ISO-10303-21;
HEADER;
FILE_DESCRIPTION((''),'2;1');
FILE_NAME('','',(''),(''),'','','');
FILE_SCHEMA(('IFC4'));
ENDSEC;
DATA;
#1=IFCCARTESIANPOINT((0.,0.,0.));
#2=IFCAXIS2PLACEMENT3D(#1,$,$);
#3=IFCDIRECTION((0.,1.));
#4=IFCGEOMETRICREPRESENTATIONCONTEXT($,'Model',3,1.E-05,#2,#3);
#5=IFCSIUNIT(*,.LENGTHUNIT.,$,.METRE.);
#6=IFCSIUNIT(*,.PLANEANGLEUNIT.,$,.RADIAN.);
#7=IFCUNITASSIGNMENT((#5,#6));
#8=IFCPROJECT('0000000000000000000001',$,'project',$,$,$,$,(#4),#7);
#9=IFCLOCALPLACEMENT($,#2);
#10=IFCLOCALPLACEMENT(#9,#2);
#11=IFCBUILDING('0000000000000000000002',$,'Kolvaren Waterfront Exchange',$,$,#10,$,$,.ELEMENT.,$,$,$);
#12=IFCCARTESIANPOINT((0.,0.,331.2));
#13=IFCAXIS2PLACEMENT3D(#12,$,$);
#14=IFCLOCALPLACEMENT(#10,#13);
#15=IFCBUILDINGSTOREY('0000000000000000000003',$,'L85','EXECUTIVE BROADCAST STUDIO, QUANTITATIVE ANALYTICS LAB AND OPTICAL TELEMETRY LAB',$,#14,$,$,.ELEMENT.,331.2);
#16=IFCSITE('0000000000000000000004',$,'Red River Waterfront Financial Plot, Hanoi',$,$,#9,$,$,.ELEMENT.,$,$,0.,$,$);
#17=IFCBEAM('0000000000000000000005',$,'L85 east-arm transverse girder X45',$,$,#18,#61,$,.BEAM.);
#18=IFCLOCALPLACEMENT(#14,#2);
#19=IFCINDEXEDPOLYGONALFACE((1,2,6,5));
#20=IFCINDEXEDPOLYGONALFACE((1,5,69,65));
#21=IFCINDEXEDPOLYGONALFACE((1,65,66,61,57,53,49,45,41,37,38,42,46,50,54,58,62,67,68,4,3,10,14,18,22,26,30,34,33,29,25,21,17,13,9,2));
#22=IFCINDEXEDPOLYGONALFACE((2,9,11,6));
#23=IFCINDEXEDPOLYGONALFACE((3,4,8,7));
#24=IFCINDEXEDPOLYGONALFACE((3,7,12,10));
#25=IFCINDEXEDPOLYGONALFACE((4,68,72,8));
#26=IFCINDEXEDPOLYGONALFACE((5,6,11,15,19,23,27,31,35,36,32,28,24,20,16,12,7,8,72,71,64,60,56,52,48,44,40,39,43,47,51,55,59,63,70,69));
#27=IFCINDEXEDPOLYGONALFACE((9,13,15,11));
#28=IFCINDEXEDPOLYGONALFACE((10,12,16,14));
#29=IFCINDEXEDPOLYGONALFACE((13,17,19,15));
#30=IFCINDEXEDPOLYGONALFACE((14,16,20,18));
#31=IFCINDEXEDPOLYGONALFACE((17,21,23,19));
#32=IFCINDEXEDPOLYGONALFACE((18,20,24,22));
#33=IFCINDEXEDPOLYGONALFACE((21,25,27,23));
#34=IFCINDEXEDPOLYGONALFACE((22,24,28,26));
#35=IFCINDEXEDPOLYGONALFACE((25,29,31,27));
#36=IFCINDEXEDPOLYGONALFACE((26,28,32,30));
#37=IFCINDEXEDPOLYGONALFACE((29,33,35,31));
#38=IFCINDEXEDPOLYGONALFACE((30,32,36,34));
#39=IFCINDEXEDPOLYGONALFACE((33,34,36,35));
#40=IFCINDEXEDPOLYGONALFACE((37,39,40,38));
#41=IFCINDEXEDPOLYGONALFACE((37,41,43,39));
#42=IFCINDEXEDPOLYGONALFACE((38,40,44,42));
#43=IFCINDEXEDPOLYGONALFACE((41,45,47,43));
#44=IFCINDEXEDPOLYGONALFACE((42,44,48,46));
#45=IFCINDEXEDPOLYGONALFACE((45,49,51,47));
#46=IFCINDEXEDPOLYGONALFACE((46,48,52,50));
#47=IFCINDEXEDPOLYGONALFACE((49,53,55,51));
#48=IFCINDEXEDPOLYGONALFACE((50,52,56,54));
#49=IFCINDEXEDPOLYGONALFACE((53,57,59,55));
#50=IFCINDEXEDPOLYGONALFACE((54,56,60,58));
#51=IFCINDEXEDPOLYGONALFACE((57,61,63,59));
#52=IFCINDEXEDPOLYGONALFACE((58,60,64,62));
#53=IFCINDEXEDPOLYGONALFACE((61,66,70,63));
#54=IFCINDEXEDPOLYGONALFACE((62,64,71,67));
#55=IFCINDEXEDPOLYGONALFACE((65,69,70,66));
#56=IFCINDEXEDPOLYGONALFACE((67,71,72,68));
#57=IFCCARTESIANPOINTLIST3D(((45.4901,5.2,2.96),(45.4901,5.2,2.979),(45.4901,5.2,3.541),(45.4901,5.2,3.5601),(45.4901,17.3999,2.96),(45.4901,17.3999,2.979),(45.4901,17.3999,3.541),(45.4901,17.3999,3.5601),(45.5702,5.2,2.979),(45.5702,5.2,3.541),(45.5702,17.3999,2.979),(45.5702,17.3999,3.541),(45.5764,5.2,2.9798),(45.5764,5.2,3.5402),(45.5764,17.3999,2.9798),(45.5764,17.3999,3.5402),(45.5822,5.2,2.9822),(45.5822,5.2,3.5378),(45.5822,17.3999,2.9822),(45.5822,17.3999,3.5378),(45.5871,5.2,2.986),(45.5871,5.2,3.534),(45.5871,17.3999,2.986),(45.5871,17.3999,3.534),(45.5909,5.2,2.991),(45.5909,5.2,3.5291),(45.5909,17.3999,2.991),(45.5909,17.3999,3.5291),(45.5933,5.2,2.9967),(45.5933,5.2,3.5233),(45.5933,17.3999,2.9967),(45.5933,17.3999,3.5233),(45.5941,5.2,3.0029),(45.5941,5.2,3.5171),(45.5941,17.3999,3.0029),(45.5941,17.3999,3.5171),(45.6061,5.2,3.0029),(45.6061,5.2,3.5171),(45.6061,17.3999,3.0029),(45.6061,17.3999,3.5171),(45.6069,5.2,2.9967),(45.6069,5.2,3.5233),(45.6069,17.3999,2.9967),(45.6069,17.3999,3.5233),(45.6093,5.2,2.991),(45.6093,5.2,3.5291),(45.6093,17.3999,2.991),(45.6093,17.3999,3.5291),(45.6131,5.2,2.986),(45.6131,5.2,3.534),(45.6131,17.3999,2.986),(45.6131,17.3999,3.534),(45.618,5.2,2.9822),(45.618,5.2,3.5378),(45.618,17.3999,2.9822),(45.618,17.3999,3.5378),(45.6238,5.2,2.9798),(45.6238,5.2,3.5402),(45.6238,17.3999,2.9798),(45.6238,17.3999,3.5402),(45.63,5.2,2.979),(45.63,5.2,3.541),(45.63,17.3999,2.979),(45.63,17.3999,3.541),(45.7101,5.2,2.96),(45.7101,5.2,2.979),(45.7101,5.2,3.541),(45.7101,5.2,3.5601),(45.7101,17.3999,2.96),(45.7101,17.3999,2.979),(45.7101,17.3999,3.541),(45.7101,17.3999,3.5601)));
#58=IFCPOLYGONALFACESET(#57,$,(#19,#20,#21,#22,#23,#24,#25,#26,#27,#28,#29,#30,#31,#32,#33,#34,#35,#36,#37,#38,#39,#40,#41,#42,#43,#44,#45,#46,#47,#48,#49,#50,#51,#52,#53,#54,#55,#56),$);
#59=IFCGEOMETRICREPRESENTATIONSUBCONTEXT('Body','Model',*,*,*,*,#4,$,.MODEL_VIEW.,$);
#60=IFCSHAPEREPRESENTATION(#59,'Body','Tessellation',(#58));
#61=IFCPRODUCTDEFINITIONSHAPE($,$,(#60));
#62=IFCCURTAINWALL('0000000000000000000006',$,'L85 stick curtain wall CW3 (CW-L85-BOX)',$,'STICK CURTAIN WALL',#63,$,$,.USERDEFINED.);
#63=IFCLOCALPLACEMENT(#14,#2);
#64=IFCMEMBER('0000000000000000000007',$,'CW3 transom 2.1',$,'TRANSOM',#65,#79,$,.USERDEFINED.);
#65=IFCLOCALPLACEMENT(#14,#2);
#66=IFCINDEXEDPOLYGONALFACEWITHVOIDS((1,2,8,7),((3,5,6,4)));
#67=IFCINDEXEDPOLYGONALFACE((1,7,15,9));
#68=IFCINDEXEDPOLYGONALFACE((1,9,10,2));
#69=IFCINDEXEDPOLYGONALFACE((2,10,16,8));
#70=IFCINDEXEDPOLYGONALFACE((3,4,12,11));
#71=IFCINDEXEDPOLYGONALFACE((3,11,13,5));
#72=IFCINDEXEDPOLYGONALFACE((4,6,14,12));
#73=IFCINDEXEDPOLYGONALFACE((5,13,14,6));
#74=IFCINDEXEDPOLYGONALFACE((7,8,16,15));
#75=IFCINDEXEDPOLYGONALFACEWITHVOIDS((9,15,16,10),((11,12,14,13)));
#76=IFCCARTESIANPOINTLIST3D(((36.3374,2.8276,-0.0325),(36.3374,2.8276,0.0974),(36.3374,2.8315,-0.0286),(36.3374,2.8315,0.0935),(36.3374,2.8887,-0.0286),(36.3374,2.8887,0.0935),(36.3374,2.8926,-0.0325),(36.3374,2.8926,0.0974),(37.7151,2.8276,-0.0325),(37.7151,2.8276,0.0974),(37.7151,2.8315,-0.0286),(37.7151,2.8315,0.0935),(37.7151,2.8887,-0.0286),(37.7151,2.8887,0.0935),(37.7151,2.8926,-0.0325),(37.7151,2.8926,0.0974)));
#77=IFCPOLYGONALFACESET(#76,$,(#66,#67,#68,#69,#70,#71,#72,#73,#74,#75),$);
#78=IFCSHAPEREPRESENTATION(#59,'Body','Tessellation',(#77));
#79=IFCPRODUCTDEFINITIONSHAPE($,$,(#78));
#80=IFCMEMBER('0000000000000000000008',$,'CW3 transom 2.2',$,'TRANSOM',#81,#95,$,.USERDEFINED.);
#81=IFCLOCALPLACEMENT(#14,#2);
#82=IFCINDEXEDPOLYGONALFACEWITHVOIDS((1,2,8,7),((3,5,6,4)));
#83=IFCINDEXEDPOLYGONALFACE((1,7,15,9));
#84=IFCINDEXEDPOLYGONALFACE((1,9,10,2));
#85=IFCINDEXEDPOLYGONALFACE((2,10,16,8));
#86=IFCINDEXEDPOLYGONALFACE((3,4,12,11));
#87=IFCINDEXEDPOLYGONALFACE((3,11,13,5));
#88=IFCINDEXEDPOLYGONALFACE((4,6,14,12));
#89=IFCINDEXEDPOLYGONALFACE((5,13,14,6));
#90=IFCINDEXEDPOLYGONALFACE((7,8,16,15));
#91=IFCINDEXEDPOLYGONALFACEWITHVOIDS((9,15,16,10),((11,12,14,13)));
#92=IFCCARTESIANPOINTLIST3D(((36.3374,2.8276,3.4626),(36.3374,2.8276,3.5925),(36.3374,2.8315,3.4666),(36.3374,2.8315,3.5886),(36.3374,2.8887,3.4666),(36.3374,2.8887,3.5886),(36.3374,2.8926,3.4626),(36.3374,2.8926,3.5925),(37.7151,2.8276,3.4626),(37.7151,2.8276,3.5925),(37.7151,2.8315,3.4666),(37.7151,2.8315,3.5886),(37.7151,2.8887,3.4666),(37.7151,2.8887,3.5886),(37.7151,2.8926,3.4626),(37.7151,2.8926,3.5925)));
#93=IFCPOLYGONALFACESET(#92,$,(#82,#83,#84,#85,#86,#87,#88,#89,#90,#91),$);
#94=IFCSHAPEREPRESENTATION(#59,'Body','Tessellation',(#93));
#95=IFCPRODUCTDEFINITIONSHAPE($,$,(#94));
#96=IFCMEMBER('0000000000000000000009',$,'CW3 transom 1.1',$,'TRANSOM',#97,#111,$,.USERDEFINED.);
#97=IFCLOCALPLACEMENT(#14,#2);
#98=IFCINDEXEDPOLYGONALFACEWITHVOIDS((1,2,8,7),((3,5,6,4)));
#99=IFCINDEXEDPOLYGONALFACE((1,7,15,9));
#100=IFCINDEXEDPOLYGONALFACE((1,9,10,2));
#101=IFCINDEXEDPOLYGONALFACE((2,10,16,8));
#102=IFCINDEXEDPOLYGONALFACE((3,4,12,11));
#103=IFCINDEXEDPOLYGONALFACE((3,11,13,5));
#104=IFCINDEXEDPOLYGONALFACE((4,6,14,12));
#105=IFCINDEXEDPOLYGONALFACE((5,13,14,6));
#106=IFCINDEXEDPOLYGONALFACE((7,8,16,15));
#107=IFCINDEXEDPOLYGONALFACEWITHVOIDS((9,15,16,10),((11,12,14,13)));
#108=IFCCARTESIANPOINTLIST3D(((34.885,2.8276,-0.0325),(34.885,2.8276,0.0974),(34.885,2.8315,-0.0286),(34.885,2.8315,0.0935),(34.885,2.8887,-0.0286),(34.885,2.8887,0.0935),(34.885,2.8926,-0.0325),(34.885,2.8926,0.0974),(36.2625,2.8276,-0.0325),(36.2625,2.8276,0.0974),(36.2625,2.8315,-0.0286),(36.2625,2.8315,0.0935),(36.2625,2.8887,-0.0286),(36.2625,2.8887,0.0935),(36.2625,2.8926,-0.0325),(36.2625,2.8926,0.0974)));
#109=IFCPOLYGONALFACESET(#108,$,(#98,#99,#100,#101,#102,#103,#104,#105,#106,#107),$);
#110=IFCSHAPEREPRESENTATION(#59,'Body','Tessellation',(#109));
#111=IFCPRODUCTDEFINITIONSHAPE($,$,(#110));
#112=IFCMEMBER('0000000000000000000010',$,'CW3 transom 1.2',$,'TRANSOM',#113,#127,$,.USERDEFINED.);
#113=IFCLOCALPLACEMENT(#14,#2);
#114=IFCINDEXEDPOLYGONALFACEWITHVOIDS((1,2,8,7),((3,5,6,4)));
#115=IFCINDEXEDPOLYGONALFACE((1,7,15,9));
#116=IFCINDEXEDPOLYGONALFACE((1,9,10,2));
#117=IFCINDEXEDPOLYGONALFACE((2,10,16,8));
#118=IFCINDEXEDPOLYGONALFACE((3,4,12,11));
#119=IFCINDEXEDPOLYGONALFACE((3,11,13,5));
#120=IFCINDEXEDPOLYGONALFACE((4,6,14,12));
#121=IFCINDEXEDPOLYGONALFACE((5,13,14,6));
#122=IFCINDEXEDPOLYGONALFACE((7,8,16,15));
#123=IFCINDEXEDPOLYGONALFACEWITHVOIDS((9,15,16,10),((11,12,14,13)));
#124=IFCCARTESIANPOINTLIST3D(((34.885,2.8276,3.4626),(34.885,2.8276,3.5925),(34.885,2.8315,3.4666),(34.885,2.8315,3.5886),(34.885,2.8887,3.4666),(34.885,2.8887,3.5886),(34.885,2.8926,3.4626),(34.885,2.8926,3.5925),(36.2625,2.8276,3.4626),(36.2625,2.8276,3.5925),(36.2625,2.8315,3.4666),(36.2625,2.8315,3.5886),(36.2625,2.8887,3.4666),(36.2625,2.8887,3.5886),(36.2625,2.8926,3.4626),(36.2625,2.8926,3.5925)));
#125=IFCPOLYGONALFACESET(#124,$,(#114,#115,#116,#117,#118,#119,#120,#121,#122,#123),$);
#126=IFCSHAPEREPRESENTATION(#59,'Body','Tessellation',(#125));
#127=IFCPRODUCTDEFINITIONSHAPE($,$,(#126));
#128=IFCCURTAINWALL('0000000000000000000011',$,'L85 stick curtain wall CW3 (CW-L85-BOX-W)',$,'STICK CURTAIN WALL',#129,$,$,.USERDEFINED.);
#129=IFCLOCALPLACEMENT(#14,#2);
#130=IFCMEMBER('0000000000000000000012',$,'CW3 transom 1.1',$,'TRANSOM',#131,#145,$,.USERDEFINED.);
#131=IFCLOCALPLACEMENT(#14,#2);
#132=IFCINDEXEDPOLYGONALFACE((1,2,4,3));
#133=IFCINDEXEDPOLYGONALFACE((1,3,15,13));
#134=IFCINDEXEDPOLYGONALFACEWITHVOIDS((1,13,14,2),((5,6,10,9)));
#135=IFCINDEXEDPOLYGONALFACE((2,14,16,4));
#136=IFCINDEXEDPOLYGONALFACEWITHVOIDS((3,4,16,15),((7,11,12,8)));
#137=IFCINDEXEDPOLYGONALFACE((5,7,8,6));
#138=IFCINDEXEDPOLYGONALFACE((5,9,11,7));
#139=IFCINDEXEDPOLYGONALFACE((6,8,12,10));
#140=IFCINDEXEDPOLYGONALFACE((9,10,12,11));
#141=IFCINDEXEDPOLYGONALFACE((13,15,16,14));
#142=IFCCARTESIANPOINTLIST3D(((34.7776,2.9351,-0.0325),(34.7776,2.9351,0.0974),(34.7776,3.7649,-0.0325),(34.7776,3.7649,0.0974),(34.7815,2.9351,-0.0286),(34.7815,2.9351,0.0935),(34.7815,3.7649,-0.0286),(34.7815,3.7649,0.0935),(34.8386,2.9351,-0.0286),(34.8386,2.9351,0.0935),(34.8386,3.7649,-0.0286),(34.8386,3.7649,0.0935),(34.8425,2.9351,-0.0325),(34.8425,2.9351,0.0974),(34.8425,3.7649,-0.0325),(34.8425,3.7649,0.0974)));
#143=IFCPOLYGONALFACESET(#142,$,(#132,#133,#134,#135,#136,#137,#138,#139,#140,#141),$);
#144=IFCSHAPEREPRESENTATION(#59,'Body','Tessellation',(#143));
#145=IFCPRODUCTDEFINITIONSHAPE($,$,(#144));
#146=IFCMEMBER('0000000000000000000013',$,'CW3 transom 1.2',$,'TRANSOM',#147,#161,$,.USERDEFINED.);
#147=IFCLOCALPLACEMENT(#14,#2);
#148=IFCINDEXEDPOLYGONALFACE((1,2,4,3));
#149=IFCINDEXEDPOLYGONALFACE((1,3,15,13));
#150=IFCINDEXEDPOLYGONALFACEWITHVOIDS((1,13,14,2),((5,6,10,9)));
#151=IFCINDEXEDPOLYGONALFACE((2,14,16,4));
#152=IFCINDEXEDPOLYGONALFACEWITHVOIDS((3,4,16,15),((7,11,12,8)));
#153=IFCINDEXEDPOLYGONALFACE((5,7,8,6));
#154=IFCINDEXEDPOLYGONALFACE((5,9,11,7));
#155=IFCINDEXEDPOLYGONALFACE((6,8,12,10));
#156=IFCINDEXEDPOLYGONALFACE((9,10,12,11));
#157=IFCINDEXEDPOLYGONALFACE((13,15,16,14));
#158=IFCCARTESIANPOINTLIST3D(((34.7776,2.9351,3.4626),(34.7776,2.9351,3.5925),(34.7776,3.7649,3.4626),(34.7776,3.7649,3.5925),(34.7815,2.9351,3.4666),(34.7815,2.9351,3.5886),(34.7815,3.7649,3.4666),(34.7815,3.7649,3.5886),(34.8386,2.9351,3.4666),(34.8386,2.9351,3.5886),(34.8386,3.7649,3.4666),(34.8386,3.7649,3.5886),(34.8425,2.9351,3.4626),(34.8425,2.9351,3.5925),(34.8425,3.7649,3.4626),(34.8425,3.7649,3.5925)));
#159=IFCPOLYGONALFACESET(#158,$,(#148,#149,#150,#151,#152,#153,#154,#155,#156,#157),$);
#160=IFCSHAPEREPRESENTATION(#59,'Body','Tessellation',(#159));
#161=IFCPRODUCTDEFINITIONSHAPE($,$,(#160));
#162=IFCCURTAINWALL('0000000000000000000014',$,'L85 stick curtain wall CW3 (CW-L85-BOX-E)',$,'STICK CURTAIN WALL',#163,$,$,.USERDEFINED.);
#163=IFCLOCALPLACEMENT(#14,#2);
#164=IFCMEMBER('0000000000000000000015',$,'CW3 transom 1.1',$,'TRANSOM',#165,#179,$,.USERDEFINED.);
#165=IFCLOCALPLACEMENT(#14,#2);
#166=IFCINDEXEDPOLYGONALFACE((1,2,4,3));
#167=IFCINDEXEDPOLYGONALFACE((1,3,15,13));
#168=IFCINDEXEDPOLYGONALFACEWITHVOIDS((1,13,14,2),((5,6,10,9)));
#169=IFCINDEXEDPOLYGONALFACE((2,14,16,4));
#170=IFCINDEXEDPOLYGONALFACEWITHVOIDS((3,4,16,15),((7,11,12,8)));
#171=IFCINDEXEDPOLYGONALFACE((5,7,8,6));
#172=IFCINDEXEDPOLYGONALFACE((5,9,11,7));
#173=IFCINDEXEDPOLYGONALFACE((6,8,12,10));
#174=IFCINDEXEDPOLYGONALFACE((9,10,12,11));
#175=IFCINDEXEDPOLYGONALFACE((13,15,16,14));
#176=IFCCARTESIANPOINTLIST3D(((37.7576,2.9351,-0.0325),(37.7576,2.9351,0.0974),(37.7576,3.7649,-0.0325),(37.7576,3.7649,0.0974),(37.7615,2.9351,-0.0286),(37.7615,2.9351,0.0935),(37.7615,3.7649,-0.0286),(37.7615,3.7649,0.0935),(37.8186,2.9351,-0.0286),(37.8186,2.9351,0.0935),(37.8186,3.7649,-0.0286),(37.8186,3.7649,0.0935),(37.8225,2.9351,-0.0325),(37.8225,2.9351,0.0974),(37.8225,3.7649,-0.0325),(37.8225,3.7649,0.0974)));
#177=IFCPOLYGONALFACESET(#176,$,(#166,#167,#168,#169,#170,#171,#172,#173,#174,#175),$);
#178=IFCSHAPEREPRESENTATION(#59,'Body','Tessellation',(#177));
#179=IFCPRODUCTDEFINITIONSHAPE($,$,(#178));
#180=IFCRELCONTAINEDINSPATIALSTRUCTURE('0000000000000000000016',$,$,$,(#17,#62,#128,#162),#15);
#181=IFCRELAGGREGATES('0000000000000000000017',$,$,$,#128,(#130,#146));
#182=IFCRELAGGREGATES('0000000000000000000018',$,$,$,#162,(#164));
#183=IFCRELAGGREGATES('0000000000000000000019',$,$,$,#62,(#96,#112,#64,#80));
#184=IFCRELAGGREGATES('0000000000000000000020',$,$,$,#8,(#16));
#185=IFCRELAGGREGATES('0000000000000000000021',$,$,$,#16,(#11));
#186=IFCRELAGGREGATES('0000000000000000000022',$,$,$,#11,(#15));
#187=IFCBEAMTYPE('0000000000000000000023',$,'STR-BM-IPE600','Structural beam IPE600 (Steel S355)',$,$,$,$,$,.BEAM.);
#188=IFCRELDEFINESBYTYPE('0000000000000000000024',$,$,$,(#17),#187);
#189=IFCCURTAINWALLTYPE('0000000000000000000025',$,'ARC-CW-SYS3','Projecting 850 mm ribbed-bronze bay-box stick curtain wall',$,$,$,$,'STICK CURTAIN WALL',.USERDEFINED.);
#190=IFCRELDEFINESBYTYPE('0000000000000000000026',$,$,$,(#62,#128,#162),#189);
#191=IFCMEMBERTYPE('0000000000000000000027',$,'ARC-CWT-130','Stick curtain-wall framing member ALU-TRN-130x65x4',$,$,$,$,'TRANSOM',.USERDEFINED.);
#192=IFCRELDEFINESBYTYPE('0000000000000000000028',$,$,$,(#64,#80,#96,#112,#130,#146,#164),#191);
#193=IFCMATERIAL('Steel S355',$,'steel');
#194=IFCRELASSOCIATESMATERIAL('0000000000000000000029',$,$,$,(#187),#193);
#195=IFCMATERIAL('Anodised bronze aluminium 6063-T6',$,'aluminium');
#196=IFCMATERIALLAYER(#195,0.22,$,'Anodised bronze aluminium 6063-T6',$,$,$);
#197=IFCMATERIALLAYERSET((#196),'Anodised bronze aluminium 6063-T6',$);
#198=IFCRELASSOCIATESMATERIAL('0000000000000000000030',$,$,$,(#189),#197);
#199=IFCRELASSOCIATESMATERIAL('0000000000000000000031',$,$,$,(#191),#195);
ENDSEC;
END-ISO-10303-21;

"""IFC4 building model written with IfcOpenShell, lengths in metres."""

from ifc_helpers import new_model, si_unit, direction, frame, origin, origin_with_axes, origin_2d, place, context, subcontext, project, spatial, hollow_rectangle, i_section, extrude, source, transform, mapped, material, layer, layer_set, material_profile, profile_set, type_object, element, aggregate, save


model = new_model("IFC4")

# Units and contexts
model_context = context("Model", 3, precision=1e-05, world=origin(), true_north=direction((0.0, 1.0)))
body_context = subcontext(model_context, "Body", "Model", "MODEL_VIEW")
ifc_project = project(units=[si_unit("LENGTHUNIT", "METRE"), si_unit("PLANEANGLEUNIT", "RADIAN")], contexts=[model_context])

# Site, building, storey
site_placement = place(None, origin())
site = spatial("IfcSite", under=ifc_project, at=site_placement, Name="Red River Waterfront Financial Plot, Hanoi", CompositionType="ELEMENT", RefElevation=0.0)
building_placement = place(site_placement, origin())
building = spatial("IfcBuilding", under=site, at=building_placement, Name="Kolvaren Waterfront Exchange", CompositionType="ELEMENT")
storey_placement = place(building_placement, frame((0.0, 0.0, 331.2)))
storey = spatial("IfcBuildingStorey", under=building, at=storey_placement, Name="L85", Description="EXECUTIVE BROADCAST STUDIO, QUANTITATIVE ANALYTICS LAB AND OPTICAL TELEMETRY LAB", CompositionType="ELEMENT", Elevation=331.2)

# Beam
ifc_material_1 = material(Name="Steel S355", Category="steel")
ifc_material_profile_1 = material_profile(ifc_material_1, i_section(OverallWidth=0.22, OverallDepth=0.6001, WebThickness=0.012, FlangeThickness=0.019, FilletRadius=0.0239, at=origin_2d()), Name="IPE600")
ifc_profile_set_1 = profile_set([ifc_material_profile_1], Name="Steel S355")
beam_type_1 = type_object("IfcBeamType", Name="STR-BM-IPE600", Description="Structural beam IPE600 (Steel S355)", PredefinedType="BEAM", material=ifc_profile_set_1)
for number, where, z_axis, x_axis, name in (
    (1, (45.6001, 5.2, 3.26), (0.0, 1.0, 0.0), (-1.0, 0.0, 0.0), "L85 east-arm transverse girder X45"),
):
    element("IfcBeam", number, at=place(storey_placement, frame(where, z_axis=z_axis, x_axis=x_axis)), inside=storey, type_object=beam_type_1, Name=name, PredefinedType="BEAM", context=body_context, shape_type="SweptSolid", body=[
        extrude(i_section(OverallWidth=0.22, OverallDepth=0.6001, WebThickness=0.012, FlangeThickness=0.019, FilletRadius=0.0239, at=origin_2d()), origin(), (0.0, 0.0, 1.0), 12.2),
    ])

# Curtain walls, members
ifc_material_2 = material(Name="Anodised bronze aluminium 6063-T6", Category="aluminium")
ifc_layer_1 = layer(ifc_material_2, 0.22, Name="Anodised bronze aluminium 6063-T6")
ifc_layer_set_1 = layer_set([ifc_layer_1], Name="Anodised bronze aluminium 6063-T6")
curtain_wall_type_1 = type_object("IfcCurtainWallType", Name="ARC-CW-SYS3", Description="Projecting 850 mm ribbed-bronze bay-box stick curtain wall", ElementType="STICK CURTAIN WALL", PredefinedType="USERDEFINED", material=ifc_layer_set_1)
curtain_wall_1_placement = place(storey_placement, origin())
curtain_wall_1 = element("IfcCurtainWall", 2, at=curtain_wall_1_placement, inside=storey, type_object=curtain_wall_type_1, Name="L85 stick curtain wall CW3 (CW-L85-BOX)", ObjectType="STICK CURTAIN WALL", PredefinedType="USERDEFINED")
ifc_material_profile_2 = material_profile(ifc_material_2, hollow_rectangle(XDim=0.0649, YDim=0.1299, WallThickness=0.0039, at=origin_2d()), Name="ALU-TRN-130x65x4")
ifc_profile_set_2 = profile_set([ifc_material_profile_2], Name="Anodised bronze aluminium 6063-T6")
member_type_1 = type_object("IfcMemberType", Name="ARC-CWT-130", Description="Stick curtain-wall framing member ALU-TRN-130x65x4", ElementType="TRANSOM", PredefinedType="USERDEFINED", material=ifc_profile_set_2)
shared_shape_1 = source(origin_with_axes(), body_context, "Body", "SweptSolid", [
    extrude(hollow_rectangle(XDim=0.0649, YDim=0.1299, WallThickness=0.0039, at=origin_2d()), origin(), (0.0, 0.0, 1.0), 1.3777),
])
member_1_placement = place(storey_placement, frame((36.3374, 2.8601, 0.0325), z_axis=(1.0, 0.0, 0.0), x_axis=(0.0, 1.0, 0.0)))
member_1 = element("IfcMember", 3, at=member_1_placement, type_object=member_type_1, Name="CW3 transom 2.1", ObjectType="TRANSOM", PredefinedType="USERDEFINED", context=body_context, shape_type="MappedRepresentation", body=[
    mapped(shared_shape_1, transform((0.0, 0.0, 0.0), x_axis=(1.0, 0.0, 0.0), y_axis=(0.0, 1.0, 0.0), z_axis=(0.0, 0.0, 1.0), scale=1.0)),
])
member_2_placement = place(storey_placement, frame((36.3374, 2.8601, 3.5276), z_axis=(1.0, 0.0, 0.0), x_axis=(0.0, 1.0, 0.0)))
member_2 = element("IfcMember", 4, at=member_2_placement, type_object=member_type_1, Name="CW3 transom 2.2", ObjectType="TRANSOM", PredefinedType="USERDEFINED", context=body_context, shape_type="MappedRepresentation", body=[
    mapped(shared_shape_1, transform((0.0, 0.0, 0.0), x_axis=(1.0, 0.0, 0.0), y_axis=(0.0, 1.0, 0.0), z_axis=(0.0, 0.0, 1.0), scale=1.0)),
])
shared_shape_2 = source(origin_with_axes(), body_context, "Body", "SweptSolid", [
    extrude(hollow_rectangle(XDim=0.0649, YDim=0.1299, WallThickness=0.0039, at=origin_2d()), origin(), (0.0, 0.0, 1.0), 1.3774),
])
member_3_placement = place(storey_placement, frame((34.885, 2.8601, 0.0325), z_axis=(1.0, 0.0, 0.0), x_axis=(0.0, 1.0, 0.0)))
member_3 = element("IfcMember", 5, at=member_3_placement, type_object=member_type_1, Name="CW3 transom 1.1", ObjectType="TRANSOM", PredefinedType="USERDEFINED", context=body_context, shape_type="MappedRepresentation", body=[
    mapped(shared_shape_2, transform((0.0, 0.0, 0.0), x_axis=(1.0, 0.0, 0.0), y_axis=(0.0, 1.0, 0.0), z_axis=(0.0, 0.0, 1.0), scale=1.0)),
])
member_4_placement = place(storey_placement, frame((34.885, 2.8601, 3.5276), z_axis=(1.0, 0.0, 0.0), x_axis=(0.0, 1.0, 0.0)))
member_4 = element("IfcMember", 6, at=member_4_placement, type_object=member_type_1, Name="CW3 transom 1.2", ObjectType="TRANSOM", PredefinedType="USERDEFINED", context=body_context, shape_type="MappedRepresentation", body=[
    mapped(shared_shape_2, transform((0.0, 0.0, 0.0), x_axis=(1.0, 0.0, 0.0), y_axis=(0.0, 1.0, 0.0), z_axis=(0.0, 0.0, 1.0), scale=1.0)),
])
curtain_wall_2_placement = place(storey_placement, origin())
curtain_wall_2 = element("IfcCurtainWall", 7, at=curtain_wall_2_placement, inside=storey, type_object=curtain_wall_type_1, Name="L85 stick curtain wall CW3 (CW-L85-BOX-W)", ObjectType="STICK CURTAIN WALL", PredefinedType="USERDEFINED")
shared_shape_3 = source(origin_with_axes(), body_context, "Body", "SweptSolid", [
    extrude(hollow_rectangle(XDim=0.0649, YDim=0.1299, WallThickness=0.0039, at=origin_2d()), origin(), (0.0, 0.0, 1.0), 0.8298),
])
member_5_placement = place(storey_placement, frame((34.8101, 3.7649, 0.0325), z_axis=(0.0, -1.0, 0.0), x_axis=(1.0, 0.0, 0.0)))
member_5 = element("IfcMember", 8, at=member_5_placement, type_object=member_type_1, Name="CW3 transom 1.1", ObjectType="TRANSOM", PredefinedType="USERDEFINED", context=body_context, shape_type="MappedRepresentation", body=[
    mapped(shared_shape_3, transform((0.0, 0.0, 0.0), x_axis=(1.0, 0.0, 0.0), y_axis=(0.0, 1.0, 0.0), z_axis=(0.0, 0.0, 1.0), scale=1.0)),
])
member_6_placement = place(storey_placement, frame((34.8101, 3.7649, 3.5276), z_axis=(0.0, -1.0, 0.0), x_axis=(1.0, 0.0, 0.0)))
member_6 = element("IfcMember", 9, at=member_6_placement, type_object=member_type_1, Name="CW3 transom 1.2", ObjectType="TRANSOM", PredefinedType="USERDEFINED", context=body_context, shape_type="MappedRepresentation", body=[
    mapped(shared_shape_3, transform((0.0, 0.0, 0.0), x_axis=(1.0, 0.0, 0.0), y_axis=(0.0, 1.0, 0.0), z_axis=(0.0, 0.0, 1.0), scale=1.0)),
])
curtain_wall_3_placement = place(storey_placement, origin())
curtain_wall_3 = element("IfcCurtainWall", 10, at=curtain_wall_3_placement, inside=storey, type_object=curtain_wall_type_1, Name="L85 stick curtain wall CW3 (CW-L85-BOX-E)", ObjectType="STICK CURTAIN WALL", PredefinedType="USERDEFINED")
member_7_placement = place(storey_placement, frame((37.79, 2.9351, 0.0325), z_axis=(0.0, 1.0, 0.0), x_axis=(-1.0, 0.0, 0.0)))
member_7 = element("IfcMember", 11, at=member_7_placement, type_object=member_type_1, Name="CW3 transom 1.1", ObjectType="TRANSOM", PredefinedType="USERDEFINED", context=body_context, shape_type="MappedRepresentation", body=[
    mapped(shared_shape_3, transform((0.0, 0.0, 0.0), x_axis=(1.0, 0.0, 0.0), y_axis=(0.0, 1.0, 0.0), z_axis=(0.0, 0.0, 1.0), scale=1.0)),
])

aggregate(curtain_wall_2, [member_5, member_6])
aggregate(curtain_wall_3, [member_7])
aggregate(curtain_wall_1, [member_3, member_4, member_1, member_2])

save(model, "model.ifc")
